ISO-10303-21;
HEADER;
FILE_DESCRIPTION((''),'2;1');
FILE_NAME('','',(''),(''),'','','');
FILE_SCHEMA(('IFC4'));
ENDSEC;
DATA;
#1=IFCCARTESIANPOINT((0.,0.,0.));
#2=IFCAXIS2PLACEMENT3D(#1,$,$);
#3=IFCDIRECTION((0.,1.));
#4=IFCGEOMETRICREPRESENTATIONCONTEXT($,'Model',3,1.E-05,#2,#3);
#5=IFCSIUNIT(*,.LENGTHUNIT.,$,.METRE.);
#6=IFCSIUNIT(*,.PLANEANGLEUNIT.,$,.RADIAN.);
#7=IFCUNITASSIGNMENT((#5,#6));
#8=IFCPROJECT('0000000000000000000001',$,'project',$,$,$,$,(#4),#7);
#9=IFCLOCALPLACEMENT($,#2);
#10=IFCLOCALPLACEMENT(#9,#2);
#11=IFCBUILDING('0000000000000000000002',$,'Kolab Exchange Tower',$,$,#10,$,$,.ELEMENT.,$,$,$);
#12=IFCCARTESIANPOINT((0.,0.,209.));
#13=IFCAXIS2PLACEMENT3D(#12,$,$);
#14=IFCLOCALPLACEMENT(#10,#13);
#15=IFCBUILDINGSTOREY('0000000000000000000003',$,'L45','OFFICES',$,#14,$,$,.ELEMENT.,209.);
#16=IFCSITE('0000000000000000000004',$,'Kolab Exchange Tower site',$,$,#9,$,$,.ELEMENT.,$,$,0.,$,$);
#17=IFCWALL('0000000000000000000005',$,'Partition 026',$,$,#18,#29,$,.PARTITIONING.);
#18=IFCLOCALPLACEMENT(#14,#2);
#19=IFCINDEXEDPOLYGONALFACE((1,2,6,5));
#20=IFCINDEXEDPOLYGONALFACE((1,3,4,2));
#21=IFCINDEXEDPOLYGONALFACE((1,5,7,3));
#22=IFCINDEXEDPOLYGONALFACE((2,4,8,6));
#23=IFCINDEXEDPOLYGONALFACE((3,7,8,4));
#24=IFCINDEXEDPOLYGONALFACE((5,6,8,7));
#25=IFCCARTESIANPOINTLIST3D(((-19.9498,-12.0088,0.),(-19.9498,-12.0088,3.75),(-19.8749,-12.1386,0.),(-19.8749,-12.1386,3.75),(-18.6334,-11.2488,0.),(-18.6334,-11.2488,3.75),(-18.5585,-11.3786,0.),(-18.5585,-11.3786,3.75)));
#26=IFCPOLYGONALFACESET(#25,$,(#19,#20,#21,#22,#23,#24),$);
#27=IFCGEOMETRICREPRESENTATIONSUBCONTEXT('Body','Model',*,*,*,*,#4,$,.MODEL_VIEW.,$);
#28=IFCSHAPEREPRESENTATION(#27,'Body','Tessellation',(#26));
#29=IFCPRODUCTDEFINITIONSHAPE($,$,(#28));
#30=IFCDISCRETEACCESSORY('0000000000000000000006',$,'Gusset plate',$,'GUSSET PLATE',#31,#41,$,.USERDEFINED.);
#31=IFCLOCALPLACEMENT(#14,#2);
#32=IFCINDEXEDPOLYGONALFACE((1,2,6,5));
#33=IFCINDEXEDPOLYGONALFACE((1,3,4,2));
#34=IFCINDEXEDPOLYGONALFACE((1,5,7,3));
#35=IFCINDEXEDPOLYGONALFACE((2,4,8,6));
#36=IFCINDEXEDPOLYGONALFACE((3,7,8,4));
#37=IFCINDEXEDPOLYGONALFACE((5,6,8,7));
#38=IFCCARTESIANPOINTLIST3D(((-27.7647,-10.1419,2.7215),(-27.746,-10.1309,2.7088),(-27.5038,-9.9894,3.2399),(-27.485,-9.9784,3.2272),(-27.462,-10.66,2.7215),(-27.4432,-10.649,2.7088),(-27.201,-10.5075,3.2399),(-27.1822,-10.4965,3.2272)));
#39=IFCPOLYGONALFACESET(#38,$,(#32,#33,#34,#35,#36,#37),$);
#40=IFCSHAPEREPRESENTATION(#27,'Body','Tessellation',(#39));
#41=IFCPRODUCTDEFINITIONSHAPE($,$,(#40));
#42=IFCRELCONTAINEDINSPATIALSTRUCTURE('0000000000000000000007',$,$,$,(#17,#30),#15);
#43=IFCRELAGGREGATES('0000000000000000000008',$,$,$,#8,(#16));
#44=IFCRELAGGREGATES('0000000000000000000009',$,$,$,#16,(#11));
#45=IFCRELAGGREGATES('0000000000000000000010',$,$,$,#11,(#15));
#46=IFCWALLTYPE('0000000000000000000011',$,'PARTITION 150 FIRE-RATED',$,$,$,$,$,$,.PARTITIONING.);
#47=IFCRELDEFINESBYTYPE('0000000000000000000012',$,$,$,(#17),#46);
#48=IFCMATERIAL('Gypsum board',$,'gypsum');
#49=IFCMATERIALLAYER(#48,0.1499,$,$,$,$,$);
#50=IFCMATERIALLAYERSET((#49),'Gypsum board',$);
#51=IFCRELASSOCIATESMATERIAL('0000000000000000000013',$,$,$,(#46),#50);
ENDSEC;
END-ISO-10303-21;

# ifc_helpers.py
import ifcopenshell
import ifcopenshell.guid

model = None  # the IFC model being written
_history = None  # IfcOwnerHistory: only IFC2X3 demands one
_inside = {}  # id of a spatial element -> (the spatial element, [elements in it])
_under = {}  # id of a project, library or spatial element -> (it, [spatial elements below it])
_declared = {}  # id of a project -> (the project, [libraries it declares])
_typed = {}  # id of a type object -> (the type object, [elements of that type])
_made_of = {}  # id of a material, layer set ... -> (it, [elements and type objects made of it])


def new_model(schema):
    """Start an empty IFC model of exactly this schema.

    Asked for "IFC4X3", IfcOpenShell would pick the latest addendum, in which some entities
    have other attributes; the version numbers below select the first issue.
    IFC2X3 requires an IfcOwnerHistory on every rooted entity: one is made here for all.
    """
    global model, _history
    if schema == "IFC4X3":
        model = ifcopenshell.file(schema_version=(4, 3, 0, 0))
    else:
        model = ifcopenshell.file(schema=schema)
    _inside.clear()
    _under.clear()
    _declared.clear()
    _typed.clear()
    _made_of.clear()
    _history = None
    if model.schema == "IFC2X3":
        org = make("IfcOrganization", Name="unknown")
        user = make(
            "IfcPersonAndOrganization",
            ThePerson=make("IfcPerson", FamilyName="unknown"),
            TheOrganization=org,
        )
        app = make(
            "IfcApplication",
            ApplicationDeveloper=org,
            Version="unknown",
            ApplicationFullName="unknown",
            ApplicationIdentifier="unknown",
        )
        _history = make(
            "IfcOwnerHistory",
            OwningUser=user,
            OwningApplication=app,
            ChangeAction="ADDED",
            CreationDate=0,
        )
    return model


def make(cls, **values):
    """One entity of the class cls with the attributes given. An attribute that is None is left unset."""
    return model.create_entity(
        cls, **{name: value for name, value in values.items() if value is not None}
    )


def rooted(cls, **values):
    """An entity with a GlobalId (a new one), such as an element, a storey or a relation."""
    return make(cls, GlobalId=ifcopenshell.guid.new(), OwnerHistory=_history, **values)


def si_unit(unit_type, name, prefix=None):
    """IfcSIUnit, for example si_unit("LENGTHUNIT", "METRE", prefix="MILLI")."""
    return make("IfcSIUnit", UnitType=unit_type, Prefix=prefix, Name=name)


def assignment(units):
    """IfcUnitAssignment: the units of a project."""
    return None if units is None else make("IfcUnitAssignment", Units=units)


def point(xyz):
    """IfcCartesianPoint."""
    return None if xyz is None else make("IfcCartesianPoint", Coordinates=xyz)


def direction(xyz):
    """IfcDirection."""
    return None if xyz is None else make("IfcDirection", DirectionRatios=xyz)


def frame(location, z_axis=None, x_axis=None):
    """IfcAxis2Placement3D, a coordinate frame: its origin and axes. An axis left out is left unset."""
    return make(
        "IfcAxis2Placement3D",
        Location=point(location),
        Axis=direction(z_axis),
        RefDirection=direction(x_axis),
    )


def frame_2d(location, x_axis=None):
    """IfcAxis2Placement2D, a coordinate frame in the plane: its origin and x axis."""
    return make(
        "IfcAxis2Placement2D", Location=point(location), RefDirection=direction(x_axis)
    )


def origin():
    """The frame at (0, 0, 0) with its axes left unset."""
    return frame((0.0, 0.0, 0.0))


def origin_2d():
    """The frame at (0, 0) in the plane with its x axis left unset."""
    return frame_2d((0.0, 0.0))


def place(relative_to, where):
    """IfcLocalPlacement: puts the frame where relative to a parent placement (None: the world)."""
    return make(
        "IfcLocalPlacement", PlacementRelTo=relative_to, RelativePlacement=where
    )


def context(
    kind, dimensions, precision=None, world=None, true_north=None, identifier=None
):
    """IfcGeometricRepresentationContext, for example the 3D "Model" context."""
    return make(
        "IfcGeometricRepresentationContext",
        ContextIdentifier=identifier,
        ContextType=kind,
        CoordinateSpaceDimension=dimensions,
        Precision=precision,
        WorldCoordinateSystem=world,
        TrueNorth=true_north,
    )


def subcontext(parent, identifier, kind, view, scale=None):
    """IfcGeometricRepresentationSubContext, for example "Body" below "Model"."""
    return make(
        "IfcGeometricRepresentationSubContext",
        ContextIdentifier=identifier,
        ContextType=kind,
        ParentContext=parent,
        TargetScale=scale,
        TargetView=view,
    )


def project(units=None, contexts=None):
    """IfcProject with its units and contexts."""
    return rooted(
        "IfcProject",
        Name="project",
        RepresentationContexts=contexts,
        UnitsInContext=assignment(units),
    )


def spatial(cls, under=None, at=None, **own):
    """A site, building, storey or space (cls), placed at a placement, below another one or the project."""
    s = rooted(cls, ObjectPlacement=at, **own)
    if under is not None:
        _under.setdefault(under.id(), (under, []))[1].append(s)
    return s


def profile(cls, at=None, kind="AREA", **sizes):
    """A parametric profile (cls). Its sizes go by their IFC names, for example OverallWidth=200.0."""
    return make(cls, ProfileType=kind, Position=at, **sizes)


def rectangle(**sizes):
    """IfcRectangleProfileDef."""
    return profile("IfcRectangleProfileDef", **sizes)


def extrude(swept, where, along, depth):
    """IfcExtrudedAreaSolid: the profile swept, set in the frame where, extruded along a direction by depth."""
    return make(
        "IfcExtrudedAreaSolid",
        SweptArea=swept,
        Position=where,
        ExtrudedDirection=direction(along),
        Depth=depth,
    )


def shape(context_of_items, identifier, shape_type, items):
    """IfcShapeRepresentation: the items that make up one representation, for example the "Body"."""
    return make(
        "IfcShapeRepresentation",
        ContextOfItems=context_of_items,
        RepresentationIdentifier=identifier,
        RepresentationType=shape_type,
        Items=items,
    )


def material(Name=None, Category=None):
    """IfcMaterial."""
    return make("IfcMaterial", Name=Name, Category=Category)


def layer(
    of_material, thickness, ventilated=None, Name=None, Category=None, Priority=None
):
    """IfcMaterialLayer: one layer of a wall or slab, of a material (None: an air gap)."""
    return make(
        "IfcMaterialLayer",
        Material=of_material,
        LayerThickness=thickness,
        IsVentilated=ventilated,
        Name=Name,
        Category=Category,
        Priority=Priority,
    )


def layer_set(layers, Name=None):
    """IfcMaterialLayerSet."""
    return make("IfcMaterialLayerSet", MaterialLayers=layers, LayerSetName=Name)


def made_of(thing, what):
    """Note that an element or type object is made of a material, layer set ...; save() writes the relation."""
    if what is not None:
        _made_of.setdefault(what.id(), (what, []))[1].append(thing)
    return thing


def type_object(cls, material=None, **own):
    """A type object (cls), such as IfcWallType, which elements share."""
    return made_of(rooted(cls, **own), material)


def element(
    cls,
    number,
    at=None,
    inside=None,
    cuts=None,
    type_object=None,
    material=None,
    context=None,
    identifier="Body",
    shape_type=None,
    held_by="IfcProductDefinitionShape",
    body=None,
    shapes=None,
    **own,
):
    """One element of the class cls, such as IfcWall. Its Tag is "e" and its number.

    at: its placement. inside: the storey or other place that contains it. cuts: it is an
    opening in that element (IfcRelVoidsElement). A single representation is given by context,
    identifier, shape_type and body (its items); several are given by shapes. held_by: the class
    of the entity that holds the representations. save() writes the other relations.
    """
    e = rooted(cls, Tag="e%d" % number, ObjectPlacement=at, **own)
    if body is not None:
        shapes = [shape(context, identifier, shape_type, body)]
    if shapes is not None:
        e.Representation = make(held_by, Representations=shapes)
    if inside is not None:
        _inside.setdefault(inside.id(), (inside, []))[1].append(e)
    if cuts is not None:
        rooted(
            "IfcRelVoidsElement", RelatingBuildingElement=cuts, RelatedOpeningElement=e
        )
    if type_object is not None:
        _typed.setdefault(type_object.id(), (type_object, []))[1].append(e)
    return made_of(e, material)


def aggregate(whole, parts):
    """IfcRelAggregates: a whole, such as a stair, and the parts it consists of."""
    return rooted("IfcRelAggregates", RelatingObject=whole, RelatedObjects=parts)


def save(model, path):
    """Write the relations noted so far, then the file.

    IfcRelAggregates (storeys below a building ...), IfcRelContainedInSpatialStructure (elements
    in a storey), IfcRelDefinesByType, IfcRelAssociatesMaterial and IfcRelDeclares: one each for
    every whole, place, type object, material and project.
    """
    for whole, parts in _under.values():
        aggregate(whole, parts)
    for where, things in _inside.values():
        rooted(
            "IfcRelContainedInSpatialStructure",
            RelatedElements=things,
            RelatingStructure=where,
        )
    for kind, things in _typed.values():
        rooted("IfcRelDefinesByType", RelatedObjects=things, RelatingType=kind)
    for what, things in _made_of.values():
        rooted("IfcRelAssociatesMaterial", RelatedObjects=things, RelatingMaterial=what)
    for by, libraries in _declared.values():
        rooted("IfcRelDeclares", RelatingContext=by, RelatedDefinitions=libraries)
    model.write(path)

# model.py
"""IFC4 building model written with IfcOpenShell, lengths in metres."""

from ifc_helpers import new_model, si_unit, direction, frame, frame_2d, origin, origin_2d, place, context, subcontext, project, spatial, rectangle, extrude, material, layer, layer_set, type_object, element, save


model = new_model("IFC4")

# Units and contexts
model_context = context("Model", 3, precision=1e-05, world=origin(), true_north=direction((0.0, 1.0)))
body_context = subcontext(model_context, "Body", "Model", "MODEL_VIEW")
ifc_project = project(units=[si_unit("LENGTHUNIT", "METRE"), si_unit("PLANEANGLEUNIT", "RADIAN")], contexts=[model_context])

# Site, building, storey
site_placement = place(None, origin())
site = spatial("IfcSite", under=ifc_project, at=site_placement, Name="Kolab Exchange Tower site", CompositionType="ELEMENT", RefElevation=0.0)
building_placement = place(site_placement, origin())
building = spatial("IfcBuilding", under=site, at=building_placement, Name="Kolab Exchange Tower", CompositionType="ELEMENT")
storey_placement = place(building_placement, frame((0.0, 0.0, 209.0)))
storey = spatial("IfcBuildingStorey", under=building, at=storey_placement, Name="L45", Description="OFFICES", CompositionType="ELEMENT", Elevation=209.0)

# Shared definitions
ifc_material_1 = material(Name="Gypsum board", Category="gypsum")

# Shared definitions
ifc_layer_1 = layer(ifc_material_1, 0.1499)
ifc_layer_set_1 = layer_set([ifc_layer_1], Name="Gypsum board")
wall_type_1 = type_object("IfcWallType", Name="PARTITION 150 FIRE-RATED", PredefinedType="PARTITIONING", material=ifc_layer_set_1)

# Wall
wall_1_placement = place(storey_placement, frame((-19.9124, -12.0737, 0.0), z_axis=(0.0, 0.0, 1.0), x_axis=(0.86603, 0.499991, 0.0)))
element("IfcWall", 1, at=wall_1_placement, inside=storey, type_object=wall_type_1, Name="Partition 026", PredefinedType="PARTITIONING", context=body_context, shape_type="SweptSolid", body=[
    extrude(rectangle(XDim=1.52, YDim=0.1499, at=frame_2d((0.76, 0.0))), origin(), (0.0, 0.0, 1.0), 3.75),
])

# Discrete accessory
discrete_accessory_placement = place(storey_placement, frame((-27.4641, -10.3137, 2.968), z_axis=(-0.745852, -0.435888, 0.503693), x_axis=(0.504568, -0.863372, 0.0)))
element("IfcDiscreteAccessory", 2, at=discrete_accessory_placement, inside=storey, Name="Gusset plate", ObjectType="GUSSET PLATE", PredefinedType="USERDEFINED", context=body_context, shape_type="SweptSolid", body=[
    extrude(rectangle(XDim=0.6001, YDim=0.6001, at=origin_2d()), origin(), (0.0, 0.0, 1.0), 0.0251),
])

save(model, "model.ifc")
